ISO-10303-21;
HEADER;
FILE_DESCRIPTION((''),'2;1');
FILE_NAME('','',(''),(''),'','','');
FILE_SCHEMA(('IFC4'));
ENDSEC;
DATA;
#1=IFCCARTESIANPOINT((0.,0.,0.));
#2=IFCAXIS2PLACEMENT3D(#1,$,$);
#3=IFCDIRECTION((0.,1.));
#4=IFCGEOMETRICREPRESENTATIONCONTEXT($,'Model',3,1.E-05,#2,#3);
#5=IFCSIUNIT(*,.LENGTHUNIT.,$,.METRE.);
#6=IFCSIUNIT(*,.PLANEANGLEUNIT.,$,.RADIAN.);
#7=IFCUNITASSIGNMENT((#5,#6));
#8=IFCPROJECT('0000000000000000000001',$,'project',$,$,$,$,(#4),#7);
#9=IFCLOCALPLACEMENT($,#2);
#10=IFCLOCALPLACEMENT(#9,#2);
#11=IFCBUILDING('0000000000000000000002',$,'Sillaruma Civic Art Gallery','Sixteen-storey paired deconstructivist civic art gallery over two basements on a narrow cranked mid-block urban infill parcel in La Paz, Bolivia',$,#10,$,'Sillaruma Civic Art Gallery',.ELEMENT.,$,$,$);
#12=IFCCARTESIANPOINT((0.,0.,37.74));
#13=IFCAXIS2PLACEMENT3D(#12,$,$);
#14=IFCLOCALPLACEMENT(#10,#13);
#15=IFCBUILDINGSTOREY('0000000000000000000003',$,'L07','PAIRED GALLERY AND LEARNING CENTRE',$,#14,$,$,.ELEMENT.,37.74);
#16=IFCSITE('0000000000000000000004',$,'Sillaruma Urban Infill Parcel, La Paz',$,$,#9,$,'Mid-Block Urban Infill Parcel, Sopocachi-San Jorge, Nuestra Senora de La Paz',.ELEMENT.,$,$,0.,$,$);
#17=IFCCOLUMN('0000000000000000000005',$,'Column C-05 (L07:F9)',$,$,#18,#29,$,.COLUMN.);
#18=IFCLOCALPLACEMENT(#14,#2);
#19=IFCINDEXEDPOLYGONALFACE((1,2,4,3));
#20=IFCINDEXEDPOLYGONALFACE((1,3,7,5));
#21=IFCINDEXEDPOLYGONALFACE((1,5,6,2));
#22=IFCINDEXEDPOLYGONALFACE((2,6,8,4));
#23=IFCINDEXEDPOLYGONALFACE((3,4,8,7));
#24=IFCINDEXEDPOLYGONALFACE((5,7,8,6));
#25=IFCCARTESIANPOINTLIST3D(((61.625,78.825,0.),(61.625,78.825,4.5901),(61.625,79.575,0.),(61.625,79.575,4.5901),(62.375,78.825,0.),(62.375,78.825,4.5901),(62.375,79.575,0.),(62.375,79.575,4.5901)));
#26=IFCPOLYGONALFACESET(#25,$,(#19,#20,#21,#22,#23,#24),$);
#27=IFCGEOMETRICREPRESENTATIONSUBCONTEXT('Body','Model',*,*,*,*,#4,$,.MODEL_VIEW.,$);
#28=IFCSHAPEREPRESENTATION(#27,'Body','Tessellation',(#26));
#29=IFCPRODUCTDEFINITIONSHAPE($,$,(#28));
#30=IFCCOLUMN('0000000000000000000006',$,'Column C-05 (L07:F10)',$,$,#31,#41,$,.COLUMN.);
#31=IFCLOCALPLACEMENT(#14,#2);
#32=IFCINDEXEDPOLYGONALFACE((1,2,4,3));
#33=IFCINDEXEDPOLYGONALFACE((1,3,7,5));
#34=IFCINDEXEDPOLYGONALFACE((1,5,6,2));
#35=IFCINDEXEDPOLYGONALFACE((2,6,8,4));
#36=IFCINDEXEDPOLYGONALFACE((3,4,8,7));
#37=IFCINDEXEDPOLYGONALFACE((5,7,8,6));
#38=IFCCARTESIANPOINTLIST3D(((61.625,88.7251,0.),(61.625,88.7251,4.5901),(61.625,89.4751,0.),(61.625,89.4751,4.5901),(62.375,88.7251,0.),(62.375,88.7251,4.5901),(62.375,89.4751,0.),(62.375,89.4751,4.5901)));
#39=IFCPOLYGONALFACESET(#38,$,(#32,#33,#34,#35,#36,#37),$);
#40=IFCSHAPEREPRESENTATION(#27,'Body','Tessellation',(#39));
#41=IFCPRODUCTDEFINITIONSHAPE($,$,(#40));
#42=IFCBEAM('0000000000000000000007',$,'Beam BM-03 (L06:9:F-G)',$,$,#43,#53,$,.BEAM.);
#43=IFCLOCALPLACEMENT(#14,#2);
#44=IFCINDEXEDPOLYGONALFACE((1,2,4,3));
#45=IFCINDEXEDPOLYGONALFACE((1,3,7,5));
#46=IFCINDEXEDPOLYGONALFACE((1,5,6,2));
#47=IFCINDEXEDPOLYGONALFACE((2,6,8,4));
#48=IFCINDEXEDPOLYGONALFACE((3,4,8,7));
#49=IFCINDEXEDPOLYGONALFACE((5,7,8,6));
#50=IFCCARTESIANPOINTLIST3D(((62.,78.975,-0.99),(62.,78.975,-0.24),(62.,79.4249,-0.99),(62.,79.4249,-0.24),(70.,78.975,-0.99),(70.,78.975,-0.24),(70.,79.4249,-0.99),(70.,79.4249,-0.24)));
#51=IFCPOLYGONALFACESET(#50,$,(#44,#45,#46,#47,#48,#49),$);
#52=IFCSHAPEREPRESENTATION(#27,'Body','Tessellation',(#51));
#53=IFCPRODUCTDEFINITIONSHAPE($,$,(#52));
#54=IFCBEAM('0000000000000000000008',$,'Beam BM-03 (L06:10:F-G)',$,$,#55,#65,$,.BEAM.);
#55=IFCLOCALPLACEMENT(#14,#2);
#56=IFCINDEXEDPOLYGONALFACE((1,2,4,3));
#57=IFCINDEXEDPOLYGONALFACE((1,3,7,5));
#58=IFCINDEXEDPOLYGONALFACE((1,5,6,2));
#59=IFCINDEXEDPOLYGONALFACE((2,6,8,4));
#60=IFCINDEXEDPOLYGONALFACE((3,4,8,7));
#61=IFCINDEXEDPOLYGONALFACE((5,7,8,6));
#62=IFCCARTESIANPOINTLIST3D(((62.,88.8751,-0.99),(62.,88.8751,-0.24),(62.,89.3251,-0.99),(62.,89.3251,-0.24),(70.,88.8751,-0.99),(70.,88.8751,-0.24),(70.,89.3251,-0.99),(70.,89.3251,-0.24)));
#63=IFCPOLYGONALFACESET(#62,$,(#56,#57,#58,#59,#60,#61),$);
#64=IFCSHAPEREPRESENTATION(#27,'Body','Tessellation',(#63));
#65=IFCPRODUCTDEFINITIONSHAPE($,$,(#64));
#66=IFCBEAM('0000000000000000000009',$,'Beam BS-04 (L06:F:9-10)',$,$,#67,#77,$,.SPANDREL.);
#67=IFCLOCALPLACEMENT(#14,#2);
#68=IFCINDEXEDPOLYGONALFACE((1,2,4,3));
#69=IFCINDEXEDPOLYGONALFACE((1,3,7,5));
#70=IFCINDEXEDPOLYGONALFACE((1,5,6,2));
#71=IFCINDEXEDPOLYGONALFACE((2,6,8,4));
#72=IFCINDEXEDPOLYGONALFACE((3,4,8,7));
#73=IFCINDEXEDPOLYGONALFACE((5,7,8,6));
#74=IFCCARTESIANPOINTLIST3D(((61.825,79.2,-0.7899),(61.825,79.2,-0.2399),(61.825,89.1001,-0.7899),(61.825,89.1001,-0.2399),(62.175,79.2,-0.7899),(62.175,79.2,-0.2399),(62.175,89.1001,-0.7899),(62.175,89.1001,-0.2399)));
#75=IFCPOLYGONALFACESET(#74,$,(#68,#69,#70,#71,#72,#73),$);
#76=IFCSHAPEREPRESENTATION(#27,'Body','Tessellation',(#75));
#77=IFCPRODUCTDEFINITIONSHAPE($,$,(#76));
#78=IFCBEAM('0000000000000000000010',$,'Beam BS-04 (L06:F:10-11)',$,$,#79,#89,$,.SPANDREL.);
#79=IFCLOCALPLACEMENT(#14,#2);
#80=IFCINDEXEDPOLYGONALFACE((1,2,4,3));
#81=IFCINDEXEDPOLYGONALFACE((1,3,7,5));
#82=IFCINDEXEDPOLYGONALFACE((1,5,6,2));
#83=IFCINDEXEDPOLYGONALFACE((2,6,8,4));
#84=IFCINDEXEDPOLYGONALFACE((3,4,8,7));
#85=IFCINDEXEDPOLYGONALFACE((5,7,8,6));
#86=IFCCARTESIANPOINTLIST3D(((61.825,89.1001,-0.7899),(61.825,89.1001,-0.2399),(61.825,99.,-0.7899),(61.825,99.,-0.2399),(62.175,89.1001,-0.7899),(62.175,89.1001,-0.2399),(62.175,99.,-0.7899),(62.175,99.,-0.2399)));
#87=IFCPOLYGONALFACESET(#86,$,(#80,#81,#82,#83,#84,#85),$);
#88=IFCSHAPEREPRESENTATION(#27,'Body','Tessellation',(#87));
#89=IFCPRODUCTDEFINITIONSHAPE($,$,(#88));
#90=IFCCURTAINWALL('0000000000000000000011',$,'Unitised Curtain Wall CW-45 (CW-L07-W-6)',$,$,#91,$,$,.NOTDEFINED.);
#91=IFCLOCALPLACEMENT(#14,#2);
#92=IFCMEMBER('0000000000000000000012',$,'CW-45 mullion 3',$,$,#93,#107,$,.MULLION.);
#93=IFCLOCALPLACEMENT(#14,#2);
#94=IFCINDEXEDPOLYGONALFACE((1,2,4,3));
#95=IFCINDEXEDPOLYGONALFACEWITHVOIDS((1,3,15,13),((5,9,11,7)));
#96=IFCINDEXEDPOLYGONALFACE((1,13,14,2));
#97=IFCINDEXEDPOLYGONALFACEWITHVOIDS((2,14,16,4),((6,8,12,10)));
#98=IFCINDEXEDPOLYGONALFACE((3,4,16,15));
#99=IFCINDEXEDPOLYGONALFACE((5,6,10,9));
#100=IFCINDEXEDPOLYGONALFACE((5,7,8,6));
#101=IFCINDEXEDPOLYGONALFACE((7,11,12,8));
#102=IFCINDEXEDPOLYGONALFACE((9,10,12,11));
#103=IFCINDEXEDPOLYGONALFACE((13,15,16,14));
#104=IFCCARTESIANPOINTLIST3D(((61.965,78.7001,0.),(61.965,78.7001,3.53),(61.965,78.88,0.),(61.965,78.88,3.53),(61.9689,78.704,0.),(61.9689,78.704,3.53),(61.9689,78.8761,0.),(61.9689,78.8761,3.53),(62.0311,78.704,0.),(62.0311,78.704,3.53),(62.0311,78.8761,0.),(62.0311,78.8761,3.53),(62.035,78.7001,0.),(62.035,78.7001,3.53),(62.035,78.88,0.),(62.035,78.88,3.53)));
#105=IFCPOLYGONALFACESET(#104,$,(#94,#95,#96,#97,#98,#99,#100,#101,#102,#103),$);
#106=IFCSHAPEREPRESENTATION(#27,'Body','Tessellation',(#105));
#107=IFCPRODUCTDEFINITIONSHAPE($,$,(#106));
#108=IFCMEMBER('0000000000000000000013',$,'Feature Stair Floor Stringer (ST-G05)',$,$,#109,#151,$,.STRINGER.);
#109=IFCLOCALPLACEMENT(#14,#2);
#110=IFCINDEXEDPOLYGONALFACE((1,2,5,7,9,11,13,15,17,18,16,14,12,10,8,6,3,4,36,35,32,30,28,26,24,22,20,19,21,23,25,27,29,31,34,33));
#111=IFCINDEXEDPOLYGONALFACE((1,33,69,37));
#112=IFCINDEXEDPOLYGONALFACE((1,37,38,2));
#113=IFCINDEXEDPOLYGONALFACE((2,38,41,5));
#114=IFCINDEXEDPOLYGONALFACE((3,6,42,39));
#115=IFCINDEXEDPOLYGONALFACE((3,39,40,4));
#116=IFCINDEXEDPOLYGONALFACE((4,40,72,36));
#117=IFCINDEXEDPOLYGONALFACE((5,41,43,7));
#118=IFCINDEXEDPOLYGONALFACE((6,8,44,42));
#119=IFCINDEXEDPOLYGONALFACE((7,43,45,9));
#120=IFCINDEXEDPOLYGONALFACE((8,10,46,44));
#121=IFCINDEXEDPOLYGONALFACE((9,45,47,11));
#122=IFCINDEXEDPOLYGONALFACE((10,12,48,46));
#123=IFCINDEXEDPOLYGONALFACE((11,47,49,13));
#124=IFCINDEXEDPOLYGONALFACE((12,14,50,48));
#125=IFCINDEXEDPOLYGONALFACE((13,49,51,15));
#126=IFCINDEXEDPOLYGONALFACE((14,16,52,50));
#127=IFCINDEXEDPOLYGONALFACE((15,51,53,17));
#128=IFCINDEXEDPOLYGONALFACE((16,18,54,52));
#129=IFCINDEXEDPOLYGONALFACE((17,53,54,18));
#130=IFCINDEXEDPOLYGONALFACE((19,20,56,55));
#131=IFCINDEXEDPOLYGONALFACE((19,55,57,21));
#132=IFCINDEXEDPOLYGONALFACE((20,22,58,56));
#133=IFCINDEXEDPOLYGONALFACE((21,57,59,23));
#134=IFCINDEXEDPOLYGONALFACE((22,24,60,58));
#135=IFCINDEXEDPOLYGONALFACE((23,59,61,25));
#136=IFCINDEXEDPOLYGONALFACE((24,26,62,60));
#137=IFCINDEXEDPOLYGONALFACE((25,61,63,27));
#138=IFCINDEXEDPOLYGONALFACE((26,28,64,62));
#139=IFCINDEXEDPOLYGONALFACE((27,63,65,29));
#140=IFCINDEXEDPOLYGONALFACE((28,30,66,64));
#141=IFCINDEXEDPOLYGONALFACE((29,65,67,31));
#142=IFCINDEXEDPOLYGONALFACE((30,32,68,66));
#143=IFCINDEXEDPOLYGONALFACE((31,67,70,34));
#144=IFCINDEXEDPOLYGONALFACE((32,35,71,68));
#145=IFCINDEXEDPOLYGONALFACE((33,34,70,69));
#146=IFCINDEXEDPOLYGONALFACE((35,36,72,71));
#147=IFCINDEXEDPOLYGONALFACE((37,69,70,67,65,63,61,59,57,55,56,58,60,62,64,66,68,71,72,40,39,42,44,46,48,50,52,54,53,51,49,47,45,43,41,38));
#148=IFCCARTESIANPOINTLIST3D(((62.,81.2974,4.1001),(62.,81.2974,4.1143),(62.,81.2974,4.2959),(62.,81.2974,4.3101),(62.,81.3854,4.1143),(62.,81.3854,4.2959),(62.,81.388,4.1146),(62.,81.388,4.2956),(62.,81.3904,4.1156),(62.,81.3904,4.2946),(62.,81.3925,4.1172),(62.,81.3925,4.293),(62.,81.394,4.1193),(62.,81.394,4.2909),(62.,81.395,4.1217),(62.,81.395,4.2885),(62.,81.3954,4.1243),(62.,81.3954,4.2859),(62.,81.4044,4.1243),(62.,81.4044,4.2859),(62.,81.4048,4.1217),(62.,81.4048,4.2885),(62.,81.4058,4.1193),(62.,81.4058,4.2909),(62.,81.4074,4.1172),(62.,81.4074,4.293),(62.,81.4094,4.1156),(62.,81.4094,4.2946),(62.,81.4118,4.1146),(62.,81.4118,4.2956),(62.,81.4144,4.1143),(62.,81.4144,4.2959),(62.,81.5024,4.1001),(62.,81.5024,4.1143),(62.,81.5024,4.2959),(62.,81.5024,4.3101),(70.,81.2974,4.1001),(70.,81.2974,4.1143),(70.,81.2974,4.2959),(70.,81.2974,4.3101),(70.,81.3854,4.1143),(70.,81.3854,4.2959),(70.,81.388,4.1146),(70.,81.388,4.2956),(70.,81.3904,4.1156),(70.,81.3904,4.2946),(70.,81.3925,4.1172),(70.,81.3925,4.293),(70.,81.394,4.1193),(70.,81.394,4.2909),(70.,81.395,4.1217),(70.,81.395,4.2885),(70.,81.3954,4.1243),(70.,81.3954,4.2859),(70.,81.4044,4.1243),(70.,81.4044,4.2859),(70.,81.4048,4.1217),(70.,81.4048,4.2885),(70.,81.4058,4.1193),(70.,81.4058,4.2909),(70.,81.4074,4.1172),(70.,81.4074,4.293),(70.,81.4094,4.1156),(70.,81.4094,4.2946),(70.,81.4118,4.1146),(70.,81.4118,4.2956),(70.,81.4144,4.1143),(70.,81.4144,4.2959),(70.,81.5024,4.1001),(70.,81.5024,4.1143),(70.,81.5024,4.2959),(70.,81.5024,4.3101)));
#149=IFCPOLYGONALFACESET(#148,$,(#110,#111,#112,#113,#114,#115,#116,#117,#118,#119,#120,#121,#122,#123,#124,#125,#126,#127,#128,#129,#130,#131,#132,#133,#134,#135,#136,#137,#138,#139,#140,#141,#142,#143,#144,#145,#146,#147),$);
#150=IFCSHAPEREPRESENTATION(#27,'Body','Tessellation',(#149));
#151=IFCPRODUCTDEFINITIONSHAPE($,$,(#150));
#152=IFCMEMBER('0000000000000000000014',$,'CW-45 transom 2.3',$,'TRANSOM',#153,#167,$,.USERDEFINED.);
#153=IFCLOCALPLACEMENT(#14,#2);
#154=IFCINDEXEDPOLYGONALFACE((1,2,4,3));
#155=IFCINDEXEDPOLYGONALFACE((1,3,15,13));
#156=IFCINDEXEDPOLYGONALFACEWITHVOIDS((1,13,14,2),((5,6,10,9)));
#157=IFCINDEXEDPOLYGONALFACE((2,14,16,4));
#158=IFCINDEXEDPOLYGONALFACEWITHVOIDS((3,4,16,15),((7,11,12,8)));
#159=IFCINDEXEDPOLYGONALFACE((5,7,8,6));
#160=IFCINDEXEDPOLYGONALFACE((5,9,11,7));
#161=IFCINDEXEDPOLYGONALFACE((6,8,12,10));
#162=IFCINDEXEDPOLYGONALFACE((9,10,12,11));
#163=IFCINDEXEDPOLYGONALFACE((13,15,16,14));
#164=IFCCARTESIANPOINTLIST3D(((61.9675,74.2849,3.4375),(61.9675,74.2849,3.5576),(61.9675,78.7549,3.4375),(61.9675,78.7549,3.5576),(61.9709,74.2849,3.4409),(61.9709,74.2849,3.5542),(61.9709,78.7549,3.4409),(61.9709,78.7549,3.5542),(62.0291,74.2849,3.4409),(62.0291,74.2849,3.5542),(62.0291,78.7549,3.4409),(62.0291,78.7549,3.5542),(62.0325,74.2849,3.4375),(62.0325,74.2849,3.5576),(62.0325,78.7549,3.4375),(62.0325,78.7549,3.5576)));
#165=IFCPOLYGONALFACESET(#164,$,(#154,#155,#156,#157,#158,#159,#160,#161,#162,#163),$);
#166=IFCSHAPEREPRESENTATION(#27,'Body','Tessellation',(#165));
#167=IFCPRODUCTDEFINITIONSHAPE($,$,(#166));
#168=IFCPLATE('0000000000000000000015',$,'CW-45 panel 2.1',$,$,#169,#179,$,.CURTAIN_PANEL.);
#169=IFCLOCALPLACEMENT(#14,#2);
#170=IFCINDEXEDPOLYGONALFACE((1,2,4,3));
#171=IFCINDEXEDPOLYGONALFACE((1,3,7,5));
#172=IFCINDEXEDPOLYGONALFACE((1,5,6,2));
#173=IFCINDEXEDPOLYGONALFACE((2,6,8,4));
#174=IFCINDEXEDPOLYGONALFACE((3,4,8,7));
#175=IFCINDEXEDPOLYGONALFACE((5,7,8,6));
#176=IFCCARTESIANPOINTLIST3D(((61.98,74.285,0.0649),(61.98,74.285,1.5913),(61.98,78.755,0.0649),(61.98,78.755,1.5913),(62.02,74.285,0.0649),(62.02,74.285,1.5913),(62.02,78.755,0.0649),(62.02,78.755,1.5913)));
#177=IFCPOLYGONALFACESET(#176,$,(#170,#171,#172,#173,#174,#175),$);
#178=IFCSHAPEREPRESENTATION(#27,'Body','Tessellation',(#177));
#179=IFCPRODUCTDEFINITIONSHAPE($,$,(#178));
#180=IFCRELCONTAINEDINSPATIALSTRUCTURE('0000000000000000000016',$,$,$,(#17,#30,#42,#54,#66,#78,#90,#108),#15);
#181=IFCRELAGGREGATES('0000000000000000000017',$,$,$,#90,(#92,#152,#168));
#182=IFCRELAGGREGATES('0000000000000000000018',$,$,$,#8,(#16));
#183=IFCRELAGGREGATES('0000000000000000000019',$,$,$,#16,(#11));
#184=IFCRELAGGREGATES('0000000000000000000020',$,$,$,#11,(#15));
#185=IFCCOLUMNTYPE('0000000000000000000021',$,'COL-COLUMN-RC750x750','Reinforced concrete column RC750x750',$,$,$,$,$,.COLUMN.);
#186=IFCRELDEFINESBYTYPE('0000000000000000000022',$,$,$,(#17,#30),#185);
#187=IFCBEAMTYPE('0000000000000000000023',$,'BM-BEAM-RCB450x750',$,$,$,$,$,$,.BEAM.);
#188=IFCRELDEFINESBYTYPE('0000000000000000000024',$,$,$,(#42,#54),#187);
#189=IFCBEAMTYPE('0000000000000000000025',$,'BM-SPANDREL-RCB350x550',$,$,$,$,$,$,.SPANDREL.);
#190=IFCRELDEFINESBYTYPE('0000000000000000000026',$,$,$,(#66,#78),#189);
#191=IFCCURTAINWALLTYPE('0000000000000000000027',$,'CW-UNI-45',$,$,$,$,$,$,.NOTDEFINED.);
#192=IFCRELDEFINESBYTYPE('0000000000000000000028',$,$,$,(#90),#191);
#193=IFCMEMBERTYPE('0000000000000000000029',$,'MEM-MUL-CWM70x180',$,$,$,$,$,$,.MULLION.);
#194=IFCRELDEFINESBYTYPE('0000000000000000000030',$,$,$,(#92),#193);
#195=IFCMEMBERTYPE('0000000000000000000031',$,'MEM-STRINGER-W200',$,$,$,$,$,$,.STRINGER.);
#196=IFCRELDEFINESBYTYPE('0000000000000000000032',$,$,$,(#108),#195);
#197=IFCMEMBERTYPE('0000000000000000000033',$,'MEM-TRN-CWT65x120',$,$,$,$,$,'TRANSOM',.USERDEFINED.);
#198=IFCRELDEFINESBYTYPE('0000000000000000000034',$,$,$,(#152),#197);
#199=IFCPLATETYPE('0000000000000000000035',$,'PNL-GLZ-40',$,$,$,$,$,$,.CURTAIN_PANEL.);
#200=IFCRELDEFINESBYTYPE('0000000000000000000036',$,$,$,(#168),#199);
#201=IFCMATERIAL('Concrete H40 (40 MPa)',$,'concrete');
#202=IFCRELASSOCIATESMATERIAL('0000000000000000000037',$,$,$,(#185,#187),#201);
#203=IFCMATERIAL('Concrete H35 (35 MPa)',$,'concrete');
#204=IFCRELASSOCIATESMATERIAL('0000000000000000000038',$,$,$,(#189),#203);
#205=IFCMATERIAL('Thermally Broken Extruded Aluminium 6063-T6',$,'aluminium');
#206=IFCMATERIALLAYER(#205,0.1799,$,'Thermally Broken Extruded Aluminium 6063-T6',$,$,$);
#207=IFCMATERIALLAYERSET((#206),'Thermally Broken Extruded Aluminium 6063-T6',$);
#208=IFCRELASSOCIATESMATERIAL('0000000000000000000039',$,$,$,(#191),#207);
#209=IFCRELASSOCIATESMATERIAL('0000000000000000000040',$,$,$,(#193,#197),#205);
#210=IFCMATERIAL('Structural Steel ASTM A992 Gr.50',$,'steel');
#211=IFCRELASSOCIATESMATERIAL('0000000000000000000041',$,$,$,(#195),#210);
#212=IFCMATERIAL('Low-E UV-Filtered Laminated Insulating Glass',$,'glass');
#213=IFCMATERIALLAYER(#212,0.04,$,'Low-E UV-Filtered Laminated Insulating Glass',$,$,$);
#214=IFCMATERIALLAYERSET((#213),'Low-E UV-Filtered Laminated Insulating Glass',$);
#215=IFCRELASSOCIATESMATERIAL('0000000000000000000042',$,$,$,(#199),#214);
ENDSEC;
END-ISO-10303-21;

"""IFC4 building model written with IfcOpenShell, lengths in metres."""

from ifc_helpers import new_model, si_unit, direction, frame, origin, origin_2d, place, context, subcontext, project, spatial, rectangle, hollow_rectangle, i_section, extrude, material, layer, layer_set, material_profile, profile_set, type_object, element, aggregate, save


model = new_model("IFC4")

# Units and contexts
model_context = context("Model", 3, precision=1e-05, world=origin(), true_north=direction((0.0, 1.0)))
body_context = subcontext(model_context, "Body", "Model", "MODEL_VIEW")
ifc_project = project(units=[si_unit("LENGTHUNIT", "METRE"), si_unit("PLANEANGLEUNIT", "RADIAN")], contexts=[model_context])

# Site, building, storey
site_placement = place(None, origin())
site = spatial("IfcSite", under=ifc_project, at=site_placement, Name="Sillaruma Urban Infill Parcel, La Paz", LongName="Mid-Block Urban Infill Parcel, Sopocachi-San Jorge, Nuestra Senora de La Paz", CompositionType="ELEMENT", RefElevation=0.0)
building_placement = place(site_placement, origin())
building = spatial("IfcBuilding", under=site, at=building_placement, Name="Sillaruma Civic Art Gallery", Description="Sixteen-storey paired deconstructivist civic art gallery over two basements on a narrow cranked mid-block urban infill parcel in La Paz, Bolivia", LongName="Sillaruma Civic Art Gallery", CompositionType="ELEMENT")
storey_placement = place(building_placement, frame((0.0, 0.0, 37.74)))
storey = spatial("IfcBuildingStorey", under=building, at=storey_placement, Name="L07", Description="PAIRED GALLERY AND LEARNING CENTRE", CompositionType="ELEMENT", Elevation=37.74)

# Columns
ifc_material_1 = material(Name="Concrete H40 (40 MPa)", Category="concrete")
ifc_material_profile_1 = material_profile(ifc_material_1, rectangle(XDim=0.75, YDim=0.75, at=origin_2d()), Name="RC750x750")
ifc_profile_set_1 = profile_set([ifc_material_profile_1], Name="Concrete H40 (40 MPa)")
column_type = type_object("IfcColumnType", Name="COL-COLUMN-RC750x750", Description="Reinforced concrete column RC750x750", PredefinedType="COLUMN", material=ifc_profile_set_1)
for number, where, z_axis, x_axis, name in (
    (1, (62.0, 79.2, 0.0), (0.0, 0.0, 1.0), (1.0, 0.0, 0.0), "Column C-05 (L07:F9)"),
    (2, (62.0, 89.1001, 0.0), (0.0, 0.0, 1.0), (1.0, 0.0, 0.0), "Column C-05 (L07:F10)"),
):
    element("IfcColumn", number, at=place(storey_placement, frame(where, z_axis=z_axis, x_axis=x_axis)), inside=storey, type_object=column_type, Name=name, PredefinedType="COLUMN", context=body_context, shape_type="SweptSolid", body=[
        extrude(rectangle(XDim=0.75, YDim=0.75, at=origin_2d()), origin(), (0.0, 0.0, 1.0), 4.5901),
    ])

# Beams
ifc_material_profile_2 = material_profile(ifc_material_1, rectangle(XDim=0.45, YDim=0.75, at=origin_2d()), Name="RCB450x750")
ifc_profile_set_2 = profile_set([ifc_material_profile_2], Name="Concrete H40 (40 MPa)")
beam_type_1 = type_object("IfcBeamType", Name="BM-BEAM-RCB450x750", PredefinedType="BEAM", material=ifc_profile_set_2)
for number, where, z_axis, x_axis, name in (
    (3, (62.0, 79.2, -0.615), (1.0, 0.0, 0.0), (0.0, 1.0, 0.0), "Beam BM-03 (L06:9:F-G)"),
    (4, (62.0, 89.1001, -0.615), (1.0, 0.0, 0.0), (0.0, 1.0, 0.0), "Beam BM-03 (L06:10:F-G)"),
):
    element("IfcBeam", number, at=place(storey_placement, frame(where, z_axis=z_axis, x_axis=x_axis)), inside=storey, type_object=beam_type_1, Name=name, PredefinedType="BEAM", context=body_context, shape_type="SweptSolid", body=[
        extrude(rectangle(XDim=0.45, YDim=0.75, at=origin_2d()), origin(), (0.0, 0.0, 1.0), 8.0),
    ])
ifc_material_2 = material(Name="Concrete H35 (35 MPa)", Category="concrete")
ifc_material_profile_3 = material_profile(ifc_material_2, rectangle(XDim=0.3501, YDim=0.55, at=origin_2d()), Name="RCB350x550")
ifc_profile_set_3 = profile_set([ifc_material_profile_3], Name="Concrete H35 (35 MPa)")
beam_type_2 = type_object("IfcBeamType", Name="BM-SPANDREL-RCB350x550", PredefinedType="SPANDREL", material=ifc_profile_set_3)
beam_1_placement = place(storey_placement, frame((62.0, 79.2, -0.5149), z_axis=(0.0, 1.0, 0.0), x_axis=(-1.0, 0.0, 0.0)))
element("IfcBeam", 5, at=beam_1_placement, inside=storey, type_object=beam_type_2, Name="Beam BS-04 (L06:F:9-10)", PredefinedType="SPANDREL", context=body_context, shape_type="SweptSolid", body=[
    extrude(rectangle(XDim=0.3501, YDim=0.55, at=origin_2d()), origin(), (0.0, 0.0, 1.0), 9.9001),
])
beam_2_placement = place(storey_placement, frame((62.0, 89.1001, -0.5149), z_axis=(0.0, 1.0, 0.0), x_axis=(-1.0, 0.0, 0.0)))
element("IfcBeam", 6, at=beam_2_placement, inside=storey, type_object=beam_type_2, Name="Beam BS-04 (L06:F:10-11)", PredefinedType="SPANDREL", context=body_context, shape_type="SweptSolid", body=[
    extrude(rectangle(XDim=0.3501, YDim=0.55, at=origin_2d()), origin(), (0.0, 0.0, 1.0), 9.8999),
])

# Curtain wall, member
ifc_material_3 = material(Name="Thermally Broken Extruded Aluminium 6063-T6", Category="aluminium")
ifc_layer_1 = layer(ifc_material_3, 0.1799, Name="Thermally Broken Extruded Aluminium 6063-T6")
ifc_layer_set_1 = layer_set([ifc_layer_1], Name="Thermally Broken Extruded Aluminium 6063-T6")
curtain_wall_type = type_object("IfcCurtainWallType", Name="CW-UNI-45", PredefinedType="NOTDEFINED", material=ifc_layer_set_1)
curtain_wall_placement = place(storey_placement, origin())
curtain_wall = element("IfcCurtainWall", 7, at=curtain_wall_placement, inside=storey, type_object=curtain_wall_type, Name="Unitised Curtain Wall CW-45 (CW-L07-W-6)", PredefinedType="NOTDEFINED")
ifc_material_profile_4 = material_profile(ifc_material_3, hollow_rectangle(XDim=0.0701, YDim=0.1799, WallThickness=0.0039, at=origin_2d()), Name="CWM70x180")
ifc_profile_set_4 = profile_set([ifc_material_profile_4], Name="Thermally Broken Extruded Aluminium 6063-T6")
member_type_1 = type_object("IfcMemberType", Name="MEM-MUL-CWM70x180", PredefinedType="MULLION", material=ifc_profile_set_4)
member_1_placement = place(storey_placement, frame((62.0, 78.79, 0.0), z_axis=(0.0, 0.0, 1.0), x_axis=(-1.0, 0.0, 0.0)))
member_1 = element("IfcMember", 8, at=member_1_placement, type_object=member_type_1, Name="CW-45 mullion 3", PredefinedType="MULLION", context=body_context, shape_type="SweptSolid", body=[
    extrude(hollow_rectangle(XDim=0.0701, YDim=0.1799, WallThickness=0.0039, at=origin_2d()), origin(), (0.0, 0.0, 1.0), 3.53),
])

# Members
ifc_material_4 = material(Name="Structural Steel ASTM A992 Gr.50", Category="steel")
ifc_material_profile_5 = material_profile(ifc_material_4, i_section(OverallWidth=0.2051, OverallDepth=0.21, WebThickness=0.009, FlangeThickness=0.0142, FilletRadius=0.01, at=origin_2d()), Name="W200x59")
ifc_profile_set_5 = profile_set([ifc_material_profile_5], Name="Structural Steel ASTM A992 Gr.50")
member_type_2 = type_object("IfcMemberType", Name="MEM-STRINGER-W200", PredefinedType="STRINGER", material=ifc_profile_set_5)
member_2_placement = place(storey_placement, frame((62.0, 81.3999, 4.2051), z_axis=(1.0, 0.0, 0.0), x_axis=(0.0, 1.0, 0.0)))
element("IfcMember", 9, at=member_2_placement, inside=storey, type_object=member_type_2, Name="Feature Stair Floor Stringer (ST-G05)", PredefinedType="STRINGER", context=body_context, shape_type="SweptSolid", body=[
    extrude(i_section(OverallWidth=0.2051, OverallDepth=0.21, WebThickness=0.009, FlangeThickness=0.0142, FilletRadius=0.01, at=origin_2d()), origin(), (0.0, 0.0, 1.0), 8.0),
])
ifc_material_profile_6 = material_profile(ifc_material_3, hollow_rectangle(XDim=0.0649, YDim=0.1201, WallThickness=0.0034, at=origin_2d()), Name="CWT65x120")
ifc_profile_set_6 = profile_set([ifc_material_profile_6], Name="Thermally Broken Extruded Aluminium 6063-T6")
member_type_3 = type_object("IfcMemberType", Name="MEM-TRN-CWT65x120", ElementType="TRANSOM", PredefinedType="USERDEFINED", material=ifc_profile_set_6)
member_3_placement = place(storey_placement, frame((62.0, 74.2849, 3.4976), z_axis=(0.0, 1.0, 0.0), x_axis=(-1.0, 0.0, 0.0)))
member_3 = element("IfcMember", 10, at=member_3_placement, type_object=member_type_3, Name="CW-45 transom 2.3", ObjectType="TRANSOM", PredefinedType="USERDEFINED", context=body_context, shape_type="SweptSolid", body=[
    extrude(hollow_rectangle(XDim=0.0649, YDim=0.1201, WallThickness=0.0034, at=origin_2d()), origin(), (0.0, 0.0, 1.0), 4.47),
])

# Plate
ifc_material_5 = material(Name="Low-E UV-Filtered Laminated Insulating Glass", Category="glass")
ifc_layer_2 = layer(ifc_material_5, 0.04, Name="Low-E UV-Filtered Laminated Insulating Glass")
ifc_layer_set_2 = layer_set([ifc_layer_2], Name="Low-E UV-Filtered Laminated Insulating Glass")
plate_type = type_object("IfcPlateType", Name="PNL-GLZ-40", PredefinedType="CURTAIN_PANEL", material=ifc_layer_set_2)
plate_1_placement = place(storey_placement, frame((62.0, 76.52, 0.0649), z_axis=(0.0, 0.0, 1.0), x_axis=(0.0, 1.0, 0.0)))
plate_1 = element("IfcPlate", 11, at=plate_1_placement, type_object=plate_type, Name="CW-45 panel 2.1", PredefinedType="CURTAIN_PANEL", context=body_context, shape_type="SweptSolid", body=[
    extrude(rectangle(XDim=4.47, YDim=0.04, at=origin_2d()), origin(), (0.0, 0.0, 1.0), 1.5264),
])
aggregate(curtain_wall, [member_1, member_3, plate_1])

save(model, "model.ifc")
